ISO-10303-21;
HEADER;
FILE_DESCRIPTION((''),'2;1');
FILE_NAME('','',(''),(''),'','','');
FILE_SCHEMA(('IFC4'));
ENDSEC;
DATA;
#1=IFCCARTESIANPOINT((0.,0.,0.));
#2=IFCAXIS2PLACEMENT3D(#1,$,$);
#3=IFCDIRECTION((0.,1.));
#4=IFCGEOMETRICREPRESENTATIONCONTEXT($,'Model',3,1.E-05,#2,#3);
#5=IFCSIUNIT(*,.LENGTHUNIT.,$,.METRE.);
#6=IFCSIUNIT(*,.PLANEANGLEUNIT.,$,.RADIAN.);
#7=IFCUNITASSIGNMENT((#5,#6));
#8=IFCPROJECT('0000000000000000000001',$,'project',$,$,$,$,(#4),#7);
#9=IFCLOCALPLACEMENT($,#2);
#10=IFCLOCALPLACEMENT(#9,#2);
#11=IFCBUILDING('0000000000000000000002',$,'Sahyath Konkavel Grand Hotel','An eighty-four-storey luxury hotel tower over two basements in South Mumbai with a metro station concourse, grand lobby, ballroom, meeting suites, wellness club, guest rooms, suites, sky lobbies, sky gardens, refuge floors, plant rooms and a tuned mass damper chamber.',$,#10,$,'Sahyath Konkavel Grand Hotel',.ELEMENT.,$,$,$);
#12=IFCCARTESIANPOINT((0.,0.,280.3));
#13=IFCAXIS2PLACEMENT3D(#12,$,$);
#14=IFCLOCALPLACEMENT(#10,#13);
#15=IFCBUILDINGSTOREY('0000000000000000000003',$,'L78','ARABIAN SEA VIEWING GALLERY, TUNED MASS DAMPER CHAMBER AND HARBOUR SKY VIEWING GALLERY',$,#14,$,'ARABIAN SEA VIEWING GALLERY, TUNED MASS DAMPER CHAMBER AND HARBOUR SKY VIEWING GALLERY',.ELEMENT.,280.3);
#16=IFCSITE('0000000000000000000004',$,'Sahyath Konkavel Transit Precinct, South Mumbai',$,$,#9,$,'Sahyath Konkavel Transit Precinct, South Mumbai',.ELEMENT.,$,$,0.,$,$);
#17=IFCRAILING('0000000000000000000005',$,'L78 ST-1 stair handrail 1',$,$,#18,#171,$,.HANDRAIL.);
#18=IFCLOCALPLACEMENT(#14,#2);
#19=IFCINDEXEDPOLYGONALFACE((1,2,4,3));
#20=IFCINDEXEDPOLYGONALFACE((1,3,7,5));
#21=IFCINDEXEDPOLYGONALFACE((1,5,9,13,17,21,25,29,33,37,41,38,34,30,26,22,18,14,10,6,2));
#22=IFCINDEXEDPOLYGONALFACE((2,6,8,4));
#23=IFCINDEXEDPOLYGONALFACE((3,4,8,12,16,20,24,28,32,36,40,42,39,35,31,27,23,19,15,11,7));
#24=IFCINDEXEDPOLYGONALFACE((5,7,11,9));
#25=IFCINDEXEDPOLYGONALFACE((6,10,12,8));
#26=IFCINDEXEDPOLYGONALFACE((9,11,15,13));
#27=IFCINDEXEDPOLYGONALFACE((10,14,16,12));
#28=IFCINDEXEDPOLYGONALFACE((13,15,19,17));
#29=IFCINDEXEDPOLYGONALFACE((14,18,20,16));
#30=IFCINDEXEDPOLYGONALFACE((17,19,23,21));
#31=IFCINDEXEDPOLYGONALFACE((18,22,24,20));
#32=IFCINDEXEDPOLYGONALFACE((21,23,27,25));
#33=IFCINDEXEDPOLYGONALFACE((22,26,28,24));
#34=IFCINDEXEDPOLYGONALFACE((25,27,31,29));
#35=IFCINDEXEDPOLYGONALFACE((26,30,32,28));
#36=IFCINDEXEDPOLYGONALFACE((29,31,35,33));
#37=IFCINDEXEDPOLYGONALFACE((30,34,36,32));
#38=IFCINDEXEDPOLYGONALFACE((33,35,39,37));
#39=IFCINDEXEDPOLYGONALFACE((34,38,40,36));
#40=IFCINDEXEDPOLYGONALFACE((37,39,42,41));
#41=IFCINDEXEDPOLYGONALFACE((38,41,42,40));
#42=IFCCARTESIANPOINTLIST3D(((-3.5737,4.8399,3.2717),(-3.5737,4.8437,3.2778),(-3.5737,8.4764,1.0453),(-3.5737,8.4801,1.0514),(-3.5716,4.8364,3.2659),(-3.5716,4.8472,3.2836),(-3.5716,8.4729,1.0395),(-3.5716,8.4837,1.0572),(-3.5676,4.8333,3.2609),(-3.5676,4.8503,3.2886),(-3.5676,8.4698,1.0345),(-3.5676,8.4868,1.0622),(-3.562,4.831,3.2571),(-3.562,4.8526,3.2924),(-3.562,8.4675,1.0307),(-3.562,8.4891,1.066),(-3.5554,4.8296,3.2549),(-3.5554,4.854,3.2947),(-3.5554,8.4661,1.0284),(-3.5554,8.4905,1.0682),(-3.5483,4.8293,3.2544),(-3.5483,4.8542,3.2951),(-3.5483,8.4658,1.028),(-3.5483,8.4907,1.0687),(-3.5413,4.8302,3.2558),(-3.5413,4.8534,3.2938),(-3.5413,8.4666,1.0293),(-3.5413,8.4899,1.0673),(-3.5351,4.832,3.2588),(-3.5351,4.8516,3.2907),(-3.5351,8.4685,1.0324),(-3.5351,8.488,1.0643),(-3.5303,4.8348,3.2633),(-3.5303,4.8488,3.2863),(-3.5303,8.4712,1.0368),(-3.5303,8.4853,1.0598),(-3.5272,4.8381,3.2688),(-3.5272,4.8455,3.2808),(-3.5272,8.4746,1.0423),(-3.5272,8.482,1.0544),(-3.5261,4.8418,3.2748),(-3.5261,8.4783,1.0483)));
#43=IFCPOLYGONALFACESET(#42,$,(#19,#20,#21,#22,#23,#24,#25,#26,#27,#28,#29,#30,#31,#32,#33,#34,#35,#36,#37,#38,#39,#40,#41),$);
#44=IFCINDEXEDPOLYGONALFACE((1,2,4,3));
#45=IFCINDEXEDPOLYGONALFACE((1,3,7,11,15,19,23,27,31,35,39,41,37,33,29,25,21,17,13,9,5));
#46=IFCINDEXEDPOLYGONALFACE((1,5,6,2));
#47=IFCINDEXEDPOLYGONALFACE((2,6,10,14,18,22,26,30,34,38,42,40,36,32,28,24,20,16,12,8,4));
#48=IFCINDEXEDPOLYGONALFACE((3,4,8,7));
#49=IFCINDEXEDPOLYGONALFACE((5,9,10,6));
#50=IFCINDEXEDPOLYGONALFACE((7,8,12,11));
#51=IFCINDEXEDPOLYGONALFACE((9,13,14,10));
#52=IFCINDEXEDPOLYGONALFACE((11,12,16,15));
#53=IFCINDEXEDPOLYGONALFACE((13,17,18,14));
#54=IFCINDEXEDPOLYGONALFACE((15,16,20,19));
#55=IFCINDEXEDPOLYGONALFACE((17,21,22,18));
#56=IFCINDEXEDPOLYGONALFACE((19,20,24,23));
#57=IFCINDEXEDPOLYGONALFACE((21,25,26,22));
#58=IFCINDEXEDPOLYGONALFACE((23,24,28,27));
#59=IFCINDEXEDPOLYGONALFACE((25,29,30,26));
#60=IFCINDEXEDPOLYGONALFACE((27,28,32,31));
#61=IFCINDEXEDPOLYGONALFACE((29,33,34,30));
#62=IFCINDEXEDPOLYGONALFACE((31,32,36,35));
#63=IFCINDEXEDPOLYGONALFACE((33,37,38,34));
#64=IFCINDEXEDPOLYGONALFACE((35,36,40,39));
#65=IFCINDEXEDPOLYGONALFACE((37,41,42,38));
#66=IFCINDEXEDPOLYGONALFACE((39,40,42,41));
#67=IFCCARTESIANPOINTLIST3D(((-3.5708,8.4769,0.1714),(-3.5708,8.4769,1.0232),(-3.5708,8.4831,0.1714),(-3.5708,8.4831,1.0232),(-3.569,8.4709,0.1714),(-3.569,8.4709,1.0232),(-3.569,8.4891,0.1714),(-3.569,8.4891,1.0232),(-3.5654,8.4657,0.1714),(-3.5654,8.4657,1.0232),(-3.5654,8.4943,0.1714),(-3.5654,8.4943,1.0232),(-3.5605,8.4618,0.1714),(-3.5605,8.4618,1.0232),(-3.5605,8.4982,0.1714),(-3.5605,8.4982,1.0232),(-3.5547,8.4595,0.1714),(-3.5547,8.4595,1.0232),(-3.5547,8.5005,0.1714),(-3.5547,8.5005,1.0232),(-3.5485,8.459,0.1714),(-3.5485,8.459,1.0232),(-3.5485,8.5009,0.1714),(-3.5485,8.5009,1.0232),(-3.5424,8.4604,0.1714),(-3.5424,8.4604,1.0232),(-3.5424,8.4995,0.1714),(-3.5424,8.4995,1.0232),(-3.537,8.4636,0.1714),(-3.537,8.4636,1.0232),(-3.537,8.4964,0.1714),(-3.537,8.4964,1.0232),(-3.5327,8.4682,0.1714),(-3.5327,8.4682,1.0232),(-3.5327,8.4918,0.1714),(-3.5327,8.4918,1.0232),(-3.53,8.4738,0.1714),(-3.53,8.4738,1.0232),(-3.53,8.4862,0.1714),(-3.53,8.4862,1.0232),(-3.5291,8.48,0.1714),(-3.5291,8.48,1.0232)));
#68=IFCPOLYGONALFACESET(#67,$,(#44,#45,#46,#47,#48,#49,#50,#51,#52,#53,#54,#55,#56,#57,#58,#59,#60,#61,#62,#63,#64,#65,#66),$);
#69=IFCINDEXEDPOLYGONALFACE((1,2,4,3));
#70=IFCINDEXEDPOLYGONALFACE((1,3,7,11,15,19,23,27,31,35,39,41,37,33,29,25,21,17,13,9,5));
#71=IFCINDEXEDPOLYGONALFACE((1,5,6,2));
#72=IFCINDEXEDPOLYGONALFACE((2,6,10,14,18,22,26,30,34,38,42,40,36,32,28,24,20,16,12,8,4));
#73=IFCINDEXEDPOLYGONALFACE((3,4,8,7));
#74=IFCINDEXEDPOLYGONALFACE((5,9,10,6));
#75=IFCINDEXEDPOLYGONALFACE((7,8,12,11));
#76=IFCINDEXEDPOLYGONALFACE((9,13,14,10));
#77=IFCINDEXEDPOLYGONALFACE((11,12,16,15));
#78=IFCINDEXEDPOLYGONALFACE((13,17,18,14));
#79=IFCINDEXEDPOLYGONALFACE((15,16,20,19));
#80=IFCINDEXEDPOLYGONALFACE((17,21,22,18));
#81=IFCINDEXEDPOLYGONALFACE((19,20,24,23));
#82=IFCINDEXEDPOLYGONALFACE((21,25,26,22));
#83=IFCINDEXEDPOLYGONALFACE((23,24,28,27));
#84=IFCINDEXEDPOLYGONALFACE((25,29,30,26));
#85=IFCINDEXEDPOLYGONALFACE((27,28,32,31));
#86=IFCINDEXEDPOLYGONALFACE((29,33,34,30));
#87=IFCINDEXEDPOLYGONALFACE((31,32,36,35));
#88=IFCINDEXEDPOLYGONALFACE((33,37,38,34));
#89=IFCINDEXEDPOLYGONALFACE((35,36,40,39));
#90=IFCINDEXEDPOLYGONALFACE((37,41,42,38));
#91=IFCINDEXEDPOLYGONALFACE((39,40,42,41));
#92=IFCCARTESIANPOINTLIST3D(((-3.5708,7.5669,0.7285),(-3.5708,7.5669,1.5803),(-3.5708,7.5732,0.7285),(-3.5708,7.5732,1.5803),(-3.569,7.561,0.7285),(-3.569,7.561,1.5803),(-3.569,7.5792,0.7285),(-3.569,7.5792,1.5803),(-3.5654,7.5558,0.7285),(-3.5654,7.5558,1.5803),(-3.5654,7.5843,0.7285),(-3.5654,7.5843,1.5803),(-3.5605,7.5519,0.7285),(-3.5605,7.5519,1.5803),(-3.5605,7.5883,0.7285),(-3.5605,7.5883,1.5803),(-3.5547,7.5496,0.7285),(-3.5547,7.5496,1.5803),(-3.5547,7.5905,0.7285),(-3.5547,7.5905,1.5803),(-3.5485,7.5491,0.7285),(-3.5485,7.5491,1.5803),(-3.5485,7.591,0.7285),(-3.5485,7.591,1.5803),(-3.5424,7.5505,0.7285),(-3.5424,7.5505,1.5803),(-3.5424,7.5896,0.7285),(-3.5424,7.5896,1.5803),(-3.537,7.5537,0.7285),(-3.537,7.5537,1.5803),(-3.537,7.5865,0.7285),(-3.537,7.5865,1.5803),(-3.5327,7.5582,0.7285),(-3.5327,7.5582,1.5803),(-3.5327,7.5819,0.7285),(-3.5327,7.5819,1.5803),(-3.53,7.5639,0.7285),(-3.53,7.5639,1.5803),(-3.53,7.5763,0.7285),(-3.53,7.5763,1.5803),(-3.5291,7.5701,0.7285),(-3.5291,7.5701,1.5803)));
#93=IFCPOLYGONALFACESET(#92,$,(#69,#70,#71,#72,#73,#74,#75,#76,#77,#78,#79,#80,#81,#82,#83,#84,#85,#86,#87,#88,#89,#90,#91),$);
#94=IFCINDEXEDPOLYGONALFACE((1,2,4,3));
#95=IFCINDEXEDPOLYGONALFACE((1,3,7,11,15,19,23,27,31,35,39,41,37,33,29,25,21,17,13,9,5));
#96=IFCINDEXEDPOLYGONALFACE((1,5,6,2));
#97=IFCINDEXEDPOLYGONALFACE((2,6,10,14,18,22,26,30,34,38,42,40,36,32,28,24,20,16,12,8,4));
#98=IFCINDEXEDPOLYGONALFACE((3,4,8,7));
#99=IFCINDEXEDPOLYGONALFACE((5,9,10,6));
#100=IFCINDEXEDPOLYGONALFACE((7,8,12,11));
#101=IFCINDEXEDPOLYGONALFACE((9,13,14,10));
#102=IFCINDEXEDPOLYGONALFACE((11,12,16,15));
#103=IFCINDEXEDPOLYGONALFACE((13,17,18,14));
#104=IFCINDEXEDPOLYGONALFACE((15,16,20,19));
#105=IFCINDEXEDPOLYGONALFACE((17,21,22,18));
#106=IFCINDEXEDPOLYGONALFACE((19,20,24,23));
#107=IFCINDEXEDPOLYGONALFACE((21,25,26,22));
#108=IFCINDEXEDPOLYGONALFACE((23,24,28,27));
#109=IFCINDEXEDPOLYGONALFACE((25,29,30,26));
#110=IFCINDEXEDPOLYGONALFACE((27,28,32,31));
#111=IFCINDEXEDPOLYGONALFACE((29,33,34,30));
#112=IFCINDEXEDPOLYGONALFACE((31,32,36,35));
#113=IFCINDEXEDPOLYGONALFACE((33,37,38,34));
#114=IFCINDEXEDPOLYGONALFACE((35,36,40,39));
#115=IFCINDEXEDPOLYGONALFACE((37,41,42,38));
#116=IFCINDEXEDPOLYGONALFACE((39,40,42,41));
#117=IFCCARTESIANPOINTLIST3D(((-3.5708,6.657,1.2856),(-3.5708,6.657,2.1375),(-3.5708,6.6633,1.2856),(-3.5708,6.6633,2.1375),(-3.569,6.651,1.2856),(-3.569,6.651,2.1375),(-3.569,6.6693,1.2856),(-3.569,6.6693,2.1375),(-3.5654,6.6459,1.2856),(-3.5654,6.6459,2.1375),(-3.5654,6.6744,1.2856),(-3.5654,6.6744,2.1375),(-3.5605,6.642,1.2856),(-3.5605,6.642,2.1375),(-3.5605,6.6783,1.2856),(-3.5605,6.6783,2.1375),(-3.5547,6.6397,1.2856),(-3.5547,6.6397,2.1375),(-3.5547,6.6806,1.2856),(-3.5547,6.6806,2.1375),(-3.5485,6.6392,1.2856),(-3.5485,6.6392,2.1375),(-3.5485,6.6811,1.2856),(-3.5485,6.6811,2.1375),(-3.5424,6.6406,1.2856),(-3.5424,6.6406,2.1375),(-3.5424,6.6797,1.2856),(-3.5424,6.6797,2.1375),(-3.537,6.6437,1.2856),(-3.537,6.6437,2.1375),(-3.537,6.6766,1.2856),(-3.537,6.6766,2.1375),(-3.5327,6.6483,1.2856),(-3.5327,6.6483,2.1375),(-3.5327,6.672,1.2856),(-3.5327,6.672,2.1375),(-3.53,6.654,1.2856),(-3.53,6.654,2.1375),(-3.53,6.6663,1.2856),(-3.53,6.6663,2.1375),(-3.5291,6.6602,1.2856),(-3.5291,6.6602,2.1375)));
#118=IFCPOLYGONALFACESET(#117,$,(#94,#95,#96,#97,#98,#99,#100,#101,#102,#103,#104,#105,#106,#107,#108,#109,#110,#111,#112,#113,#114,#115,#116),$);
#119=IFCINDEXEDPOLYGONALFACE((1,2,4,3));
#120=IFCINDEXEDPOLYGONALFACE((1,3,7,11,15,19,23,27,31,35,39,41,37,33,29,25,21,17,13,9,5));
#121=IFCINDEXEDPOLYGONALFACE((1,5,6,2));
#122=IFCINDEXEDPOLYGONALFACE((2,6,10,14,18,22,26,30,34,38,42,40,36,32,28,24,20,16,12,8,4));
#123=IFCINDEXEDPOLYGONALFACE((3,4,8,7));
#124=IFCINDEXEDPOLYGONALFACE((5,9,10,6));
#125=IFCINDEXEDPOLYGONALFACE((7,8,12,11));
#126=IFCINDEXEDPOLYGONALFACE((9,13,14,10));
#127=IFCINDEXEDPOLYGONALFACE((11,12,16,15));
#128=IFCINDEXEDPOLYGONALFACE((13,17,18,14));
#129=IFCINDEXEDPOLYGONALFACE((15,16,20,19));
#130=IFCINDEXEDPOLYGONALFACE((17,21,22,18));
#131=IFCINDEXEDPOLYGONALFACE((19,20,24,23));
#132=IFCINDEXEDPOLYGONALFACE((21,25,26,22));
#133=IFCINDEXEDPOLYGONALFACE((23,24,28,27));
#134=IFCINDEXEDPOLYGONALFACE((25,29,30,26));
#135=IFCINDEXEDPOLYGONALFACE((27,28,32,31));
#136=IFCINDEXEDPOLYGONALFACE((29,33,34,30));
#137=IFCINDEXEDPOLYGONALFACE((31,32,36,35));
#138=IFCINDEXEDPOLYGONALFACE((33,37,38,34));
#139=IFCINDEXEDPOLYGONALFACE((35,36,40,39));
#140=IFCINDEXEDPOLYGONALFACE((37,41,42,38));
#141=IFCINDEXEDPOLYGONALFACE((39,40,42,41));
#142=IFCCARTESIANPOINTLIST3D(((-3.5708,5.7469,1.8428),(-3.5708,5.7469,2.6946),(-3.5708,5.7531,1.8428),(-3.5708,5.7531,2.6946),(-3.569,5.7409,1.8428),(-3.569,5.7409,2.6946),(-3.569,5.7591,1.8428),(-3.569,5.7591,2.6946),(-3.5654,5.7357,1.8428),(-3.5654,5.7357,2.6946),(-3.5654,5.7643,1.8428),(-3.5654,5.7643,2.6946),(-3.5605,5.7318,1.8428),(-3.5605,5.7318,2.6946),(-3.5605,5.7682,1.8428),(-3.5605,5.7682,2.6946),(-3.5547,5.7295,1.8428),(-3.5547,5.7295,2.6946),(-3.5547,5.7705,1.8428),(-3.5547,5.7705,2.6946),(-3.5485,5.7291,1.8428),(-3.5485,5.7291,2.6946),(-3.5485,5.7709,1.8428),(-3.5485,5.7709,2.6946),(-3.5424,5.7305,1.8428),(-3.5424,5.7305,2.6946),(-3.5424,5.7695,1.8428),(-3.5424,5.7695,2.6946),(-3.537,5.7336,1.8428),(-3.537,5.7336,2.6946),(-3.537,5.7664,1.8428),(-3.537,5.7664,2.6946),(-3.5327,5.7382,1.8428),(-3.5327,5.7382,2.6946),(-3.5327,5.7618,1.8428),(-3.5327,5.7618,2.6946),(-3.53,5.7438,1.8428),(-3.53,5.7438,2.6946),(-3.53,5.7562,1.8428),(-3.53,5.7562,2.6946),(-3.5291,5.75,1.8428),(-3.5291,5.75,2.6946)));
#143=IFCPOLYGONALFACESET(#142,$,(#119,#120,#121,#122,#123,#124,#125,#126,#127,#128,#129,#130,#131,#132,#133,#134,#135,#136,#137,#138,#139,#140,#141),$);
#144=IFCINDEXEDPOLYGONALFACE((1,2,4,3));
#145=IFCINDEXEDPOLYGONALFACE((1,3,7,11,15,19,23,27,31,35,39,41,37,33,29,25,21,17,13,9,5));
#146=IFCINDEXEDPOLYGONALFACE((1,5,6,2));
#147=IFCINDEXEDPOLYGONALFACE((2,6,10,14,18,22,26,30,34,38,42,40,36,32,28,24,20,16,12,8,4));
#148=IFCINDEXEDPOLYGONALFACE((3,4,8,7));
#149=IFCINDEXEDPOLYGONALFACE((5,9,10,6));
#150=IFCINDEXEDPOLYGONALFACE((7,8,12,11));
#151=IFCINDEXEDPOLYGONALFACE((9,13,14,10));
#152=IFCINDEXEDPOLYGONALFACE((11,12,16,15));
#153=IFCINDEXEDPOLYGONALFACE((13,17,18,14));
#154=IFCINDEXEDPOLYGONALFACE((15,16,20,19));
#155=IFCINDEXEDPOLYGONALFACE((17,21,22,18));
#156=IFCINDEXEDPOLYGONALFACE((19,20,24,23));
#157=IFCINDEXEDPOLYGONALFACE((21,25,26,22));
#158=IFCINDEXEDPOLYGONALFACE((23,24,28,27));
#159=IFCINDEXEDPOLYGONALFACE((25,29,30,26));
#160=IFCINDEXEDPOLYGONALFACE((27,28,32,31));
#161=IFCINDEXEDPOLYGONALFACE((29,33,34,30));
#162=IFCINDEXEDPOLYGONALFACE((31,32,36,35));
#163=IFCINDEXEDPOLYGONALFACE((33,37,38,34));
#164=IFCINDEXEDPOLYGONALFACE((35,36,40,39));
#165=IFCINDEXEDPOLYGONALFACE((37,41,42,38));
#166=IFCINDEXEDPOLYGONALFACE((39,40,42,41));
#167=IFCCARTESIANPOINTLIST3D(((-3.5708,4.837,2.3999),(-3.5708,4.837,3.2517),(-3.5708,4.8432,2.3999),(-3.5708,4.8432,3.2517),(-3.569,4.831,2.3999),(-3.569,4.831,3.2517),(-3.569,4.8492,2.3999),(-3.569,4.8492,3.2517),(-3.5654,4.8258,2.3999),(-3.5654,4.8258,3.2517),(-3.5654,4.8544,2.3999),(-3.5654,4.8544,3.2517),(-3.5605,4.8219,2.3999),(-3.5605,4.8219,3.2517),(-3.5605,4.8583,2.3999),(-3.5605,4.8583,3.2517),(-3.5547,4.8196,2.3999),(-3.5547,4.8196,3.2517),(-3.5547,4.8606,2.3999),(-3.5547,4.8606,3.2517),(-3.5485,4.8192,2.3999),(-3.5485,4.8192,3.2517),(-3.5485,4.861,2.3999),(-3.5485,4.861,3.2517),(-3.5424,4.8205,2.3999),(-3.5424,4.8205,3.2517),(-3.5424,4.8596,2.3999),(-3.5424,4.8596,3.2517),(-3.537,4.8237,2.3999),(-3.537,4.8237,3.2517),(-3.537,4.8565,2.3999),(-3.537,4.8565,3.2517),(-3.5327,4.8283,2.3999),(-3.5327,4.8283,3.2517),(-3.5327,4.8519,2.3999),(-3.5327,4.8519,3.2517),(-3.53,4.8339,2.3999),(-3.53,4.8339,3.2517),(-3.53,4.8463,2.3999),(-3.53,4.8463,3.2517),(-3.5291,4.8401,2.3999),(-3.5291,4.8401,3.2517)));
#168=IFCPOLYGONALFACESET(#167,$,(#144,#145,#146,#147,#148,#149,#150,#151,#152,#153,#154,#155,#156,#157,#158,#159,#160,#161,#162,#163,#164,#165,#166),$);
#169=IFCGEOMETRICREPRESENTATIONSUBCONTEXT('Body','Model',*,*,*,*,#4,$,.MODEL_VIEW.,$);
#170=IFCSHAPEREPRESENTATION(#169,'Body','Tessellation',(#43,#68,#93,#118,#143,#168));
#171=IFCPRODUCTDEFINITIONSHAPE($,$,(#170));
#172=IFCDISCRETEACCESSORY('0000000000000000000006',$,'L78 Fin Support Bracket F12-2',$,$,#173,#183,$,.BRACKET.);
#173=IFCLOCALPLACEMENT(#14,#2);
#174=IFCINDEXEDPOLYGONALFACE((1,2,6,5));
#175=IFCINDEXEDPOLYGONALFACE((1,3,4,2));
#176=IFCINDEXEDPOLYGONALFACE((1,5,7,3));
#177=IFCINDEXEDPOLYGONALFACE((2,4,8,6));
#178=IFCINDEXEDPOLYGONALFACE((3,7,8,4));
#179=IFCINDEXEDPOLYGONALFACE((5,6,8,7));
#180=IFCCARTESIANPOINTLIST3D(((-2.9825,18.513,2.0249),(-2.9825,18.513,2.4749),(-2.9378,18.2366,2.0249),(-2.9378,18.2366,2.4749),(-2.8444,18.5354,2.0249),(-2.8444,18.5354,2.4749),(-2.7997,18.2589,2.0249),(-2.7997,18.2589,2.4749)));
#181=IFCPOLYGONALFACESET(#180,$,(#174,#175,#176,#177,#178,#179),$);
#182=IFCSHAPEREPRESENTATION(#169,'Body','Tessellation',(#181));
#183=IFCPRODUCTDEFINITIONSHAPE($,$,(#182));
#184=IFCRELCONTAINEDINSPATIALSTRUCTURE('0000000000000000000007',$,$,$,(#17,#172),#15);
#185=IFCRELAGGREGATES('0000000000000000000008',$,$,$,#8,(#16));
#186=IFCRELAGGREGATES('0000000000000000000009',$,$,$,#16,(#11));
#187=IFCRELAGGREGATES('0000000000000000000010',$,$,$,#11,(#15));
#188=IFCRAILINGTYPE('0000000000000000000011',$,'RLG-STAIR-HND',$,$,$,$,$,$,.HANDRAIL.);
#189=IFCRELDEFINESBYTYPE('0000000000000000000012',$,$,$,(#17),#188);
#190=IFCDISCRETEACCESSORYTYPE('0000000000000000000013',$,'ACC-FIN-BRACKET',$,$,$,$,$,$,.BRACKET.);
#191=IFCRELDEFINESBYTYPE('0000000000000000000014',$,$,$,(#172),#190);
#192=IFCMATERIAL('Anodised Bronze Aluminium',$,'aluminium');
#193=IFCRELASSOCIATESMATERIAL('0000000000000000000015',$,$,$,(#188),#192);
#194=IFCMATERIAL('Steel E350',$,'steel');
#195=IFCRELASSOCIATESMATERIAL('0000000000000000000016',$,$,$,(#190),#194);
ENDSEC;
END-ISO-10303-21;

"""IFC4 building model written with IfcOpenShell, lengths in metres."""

from ifc_helpers import new_model, si_unit, direction, frame, origin, origin_2d, place, context, subcontext, project, spatial, rectangle, circle, extrude, source, transform, mapped, material, type_object, element, save


model = new_model("IFC4")

# Units and contexts
model_context = context("Model", 3, precision=1e-05, world=origin(), true_north=direction((0.0, 1.0)))
body_context = subcontext(model_context, "Body", "Model", "MODEL_VIEW")
ifc_project = project(units=[si_unit("LENGTHUNIT", "METRE"), si_unit("PLANEANGLEUNIT", "RADIAN")], contexts=[model_context])

# Site, building, storey
site_placement = place(None, origin())
site = spatial("IfcSite", under=ifc_project, at=site_placement, Name="Sahyath Konkavel Transit Precinct, South Mumbai", LongName="Sahyath Konkavel Transit Precinct, South Mumbai", CompositionType="ELEMENT", RefElevation=0.0)
building_placement = place(site_placement, origin())
building = spatial("IfcBuilding", under=site, at=building_placement, Name="Sahyath Konkavel Grand Hotel", Description="An eighty-four-storey luxury hotel tower over two basements in South Mumbai with a metro station concourse, grand lobby, ballroom, meeting suites, wellness club, guest rooms, suites, sky lobbies, sky gardens, refuge floors, plant rooms and a tuned mass damper chamber.", LongName="Sahyath Konkavel Grand Hotel", CompositionType="ELEMENT")
storey_placement = place(building_placement, frame((0.0, 0.0, 280.3)))
storey = spatial("IfcBuildingStorey", under=building, at=storey_placement, Name="L78", Description="ARABIAN SEA VIEWING GALLERY, TUNED MASS DAMPER CHAMBER AND HARBOUR SKY VIEWING GALLERY", LongName="ARABIAN SEA VIEWING GALLERY, TUNED MASS DAMPER CHAMBER AND HARBOUR SKY VIEWING GALLERY", CompositionType="ELEMENT", Elevation=280.3)

# Shared definitions
ifc_material_1 = material(Name="Steel E350", Category="steel")

# Shared definitions
ifc_material_2 = material(Name="Anodised Bronze Aluminium", Category="aluminium")

# Railing
railing_type_1 = type_object("IfcRailingType", Name="RLG-STAIR-HND", PredefinedType="HANDRAIL", material=ifc_material_2)
railing_1_placement = place(storey_placement, frame((-3.55, 8.48, 0.1714)))
element("IfcRailing", 1, at=railing_1_placement, inside=storey, type_object=railing_type_1, Name="L78 ST-1 stair handrail 1", PredefinedType="HANDRAIL", context=body_context, shape_type="SweptSolid", body=[
    extrude(circle(Radius=0.0239, at=origin_2d()), frame((0.0, -0.0017, 0.877), z_axis=(0.0, -0.85285, 0.522156), x_axis=(1.0, 0.0, 0.0)), (0.0, 0.0, 1.0), 4.2639),
    extrude(circle(Radius=0.021, at=origin_2d()), origin(), (0.0, 0.0, 1.0), 0.8518),
    extrude(circle(Radius=0.021, at=origin_2d()), frame((0.0, -0.9099, 0.5571)), (0.0, 0.0, 1.0), 0.8518),
    extrude(circle(Radius=0.021, at=origin_2d()), frame((0.0, -1.8198, 1.1143)), (0.0, 0.0, 1.0), 0.8518),
    extrude(circle(Radius=0.021, at=origin_2d()), frame((0.0, -2.73, 1.6714)), (0.0, 0.0, 1.0), 0.8518),
    extrude(circle(Radius=0.021, at=origin_2d()), frame((0.0, -3.6399, 2.2285)), (0.0, 0.0, 1.0), 0.8518),
])

# Discrete accessory
discrete_accessory_type = type_object("IfcDiscreteAccessoryType", Name="ACC-FIN-BRACKET", PredefinedType="BRACKET", material=ifc_material_1)
shared_shape_1 = source(origin(), body_context, "Body", "SweptSolid", [
    extrude(rectangle(XDim=0.28, YDim=0.1399, at=origin_2d()), origin(), (0.0, 0.0, 1.0), 0.45),
])
discrete_accessory_placement = place(storey_placement, frame((-2.8911, 18.386, 2.0249), z_axis=(0.0, 0.0, 1.0), x_axis=(-0.159623, 0.987178, 0.0)))
element("IfcDiscreteAccessory", 2, at=discrete_accessory_placement, inside=storey, type_object=discrete_accessory_type, Name="L78 Fin Support Bracket F12-2", PredefinedType="BRACKET", context=body_context, shape_type="MappedRepresentation", body=[
    mapped(shared_shape_1, transform((0.0, 0.0, 0.0), scale=1.0)),
])

save(model, "model.ifc")
